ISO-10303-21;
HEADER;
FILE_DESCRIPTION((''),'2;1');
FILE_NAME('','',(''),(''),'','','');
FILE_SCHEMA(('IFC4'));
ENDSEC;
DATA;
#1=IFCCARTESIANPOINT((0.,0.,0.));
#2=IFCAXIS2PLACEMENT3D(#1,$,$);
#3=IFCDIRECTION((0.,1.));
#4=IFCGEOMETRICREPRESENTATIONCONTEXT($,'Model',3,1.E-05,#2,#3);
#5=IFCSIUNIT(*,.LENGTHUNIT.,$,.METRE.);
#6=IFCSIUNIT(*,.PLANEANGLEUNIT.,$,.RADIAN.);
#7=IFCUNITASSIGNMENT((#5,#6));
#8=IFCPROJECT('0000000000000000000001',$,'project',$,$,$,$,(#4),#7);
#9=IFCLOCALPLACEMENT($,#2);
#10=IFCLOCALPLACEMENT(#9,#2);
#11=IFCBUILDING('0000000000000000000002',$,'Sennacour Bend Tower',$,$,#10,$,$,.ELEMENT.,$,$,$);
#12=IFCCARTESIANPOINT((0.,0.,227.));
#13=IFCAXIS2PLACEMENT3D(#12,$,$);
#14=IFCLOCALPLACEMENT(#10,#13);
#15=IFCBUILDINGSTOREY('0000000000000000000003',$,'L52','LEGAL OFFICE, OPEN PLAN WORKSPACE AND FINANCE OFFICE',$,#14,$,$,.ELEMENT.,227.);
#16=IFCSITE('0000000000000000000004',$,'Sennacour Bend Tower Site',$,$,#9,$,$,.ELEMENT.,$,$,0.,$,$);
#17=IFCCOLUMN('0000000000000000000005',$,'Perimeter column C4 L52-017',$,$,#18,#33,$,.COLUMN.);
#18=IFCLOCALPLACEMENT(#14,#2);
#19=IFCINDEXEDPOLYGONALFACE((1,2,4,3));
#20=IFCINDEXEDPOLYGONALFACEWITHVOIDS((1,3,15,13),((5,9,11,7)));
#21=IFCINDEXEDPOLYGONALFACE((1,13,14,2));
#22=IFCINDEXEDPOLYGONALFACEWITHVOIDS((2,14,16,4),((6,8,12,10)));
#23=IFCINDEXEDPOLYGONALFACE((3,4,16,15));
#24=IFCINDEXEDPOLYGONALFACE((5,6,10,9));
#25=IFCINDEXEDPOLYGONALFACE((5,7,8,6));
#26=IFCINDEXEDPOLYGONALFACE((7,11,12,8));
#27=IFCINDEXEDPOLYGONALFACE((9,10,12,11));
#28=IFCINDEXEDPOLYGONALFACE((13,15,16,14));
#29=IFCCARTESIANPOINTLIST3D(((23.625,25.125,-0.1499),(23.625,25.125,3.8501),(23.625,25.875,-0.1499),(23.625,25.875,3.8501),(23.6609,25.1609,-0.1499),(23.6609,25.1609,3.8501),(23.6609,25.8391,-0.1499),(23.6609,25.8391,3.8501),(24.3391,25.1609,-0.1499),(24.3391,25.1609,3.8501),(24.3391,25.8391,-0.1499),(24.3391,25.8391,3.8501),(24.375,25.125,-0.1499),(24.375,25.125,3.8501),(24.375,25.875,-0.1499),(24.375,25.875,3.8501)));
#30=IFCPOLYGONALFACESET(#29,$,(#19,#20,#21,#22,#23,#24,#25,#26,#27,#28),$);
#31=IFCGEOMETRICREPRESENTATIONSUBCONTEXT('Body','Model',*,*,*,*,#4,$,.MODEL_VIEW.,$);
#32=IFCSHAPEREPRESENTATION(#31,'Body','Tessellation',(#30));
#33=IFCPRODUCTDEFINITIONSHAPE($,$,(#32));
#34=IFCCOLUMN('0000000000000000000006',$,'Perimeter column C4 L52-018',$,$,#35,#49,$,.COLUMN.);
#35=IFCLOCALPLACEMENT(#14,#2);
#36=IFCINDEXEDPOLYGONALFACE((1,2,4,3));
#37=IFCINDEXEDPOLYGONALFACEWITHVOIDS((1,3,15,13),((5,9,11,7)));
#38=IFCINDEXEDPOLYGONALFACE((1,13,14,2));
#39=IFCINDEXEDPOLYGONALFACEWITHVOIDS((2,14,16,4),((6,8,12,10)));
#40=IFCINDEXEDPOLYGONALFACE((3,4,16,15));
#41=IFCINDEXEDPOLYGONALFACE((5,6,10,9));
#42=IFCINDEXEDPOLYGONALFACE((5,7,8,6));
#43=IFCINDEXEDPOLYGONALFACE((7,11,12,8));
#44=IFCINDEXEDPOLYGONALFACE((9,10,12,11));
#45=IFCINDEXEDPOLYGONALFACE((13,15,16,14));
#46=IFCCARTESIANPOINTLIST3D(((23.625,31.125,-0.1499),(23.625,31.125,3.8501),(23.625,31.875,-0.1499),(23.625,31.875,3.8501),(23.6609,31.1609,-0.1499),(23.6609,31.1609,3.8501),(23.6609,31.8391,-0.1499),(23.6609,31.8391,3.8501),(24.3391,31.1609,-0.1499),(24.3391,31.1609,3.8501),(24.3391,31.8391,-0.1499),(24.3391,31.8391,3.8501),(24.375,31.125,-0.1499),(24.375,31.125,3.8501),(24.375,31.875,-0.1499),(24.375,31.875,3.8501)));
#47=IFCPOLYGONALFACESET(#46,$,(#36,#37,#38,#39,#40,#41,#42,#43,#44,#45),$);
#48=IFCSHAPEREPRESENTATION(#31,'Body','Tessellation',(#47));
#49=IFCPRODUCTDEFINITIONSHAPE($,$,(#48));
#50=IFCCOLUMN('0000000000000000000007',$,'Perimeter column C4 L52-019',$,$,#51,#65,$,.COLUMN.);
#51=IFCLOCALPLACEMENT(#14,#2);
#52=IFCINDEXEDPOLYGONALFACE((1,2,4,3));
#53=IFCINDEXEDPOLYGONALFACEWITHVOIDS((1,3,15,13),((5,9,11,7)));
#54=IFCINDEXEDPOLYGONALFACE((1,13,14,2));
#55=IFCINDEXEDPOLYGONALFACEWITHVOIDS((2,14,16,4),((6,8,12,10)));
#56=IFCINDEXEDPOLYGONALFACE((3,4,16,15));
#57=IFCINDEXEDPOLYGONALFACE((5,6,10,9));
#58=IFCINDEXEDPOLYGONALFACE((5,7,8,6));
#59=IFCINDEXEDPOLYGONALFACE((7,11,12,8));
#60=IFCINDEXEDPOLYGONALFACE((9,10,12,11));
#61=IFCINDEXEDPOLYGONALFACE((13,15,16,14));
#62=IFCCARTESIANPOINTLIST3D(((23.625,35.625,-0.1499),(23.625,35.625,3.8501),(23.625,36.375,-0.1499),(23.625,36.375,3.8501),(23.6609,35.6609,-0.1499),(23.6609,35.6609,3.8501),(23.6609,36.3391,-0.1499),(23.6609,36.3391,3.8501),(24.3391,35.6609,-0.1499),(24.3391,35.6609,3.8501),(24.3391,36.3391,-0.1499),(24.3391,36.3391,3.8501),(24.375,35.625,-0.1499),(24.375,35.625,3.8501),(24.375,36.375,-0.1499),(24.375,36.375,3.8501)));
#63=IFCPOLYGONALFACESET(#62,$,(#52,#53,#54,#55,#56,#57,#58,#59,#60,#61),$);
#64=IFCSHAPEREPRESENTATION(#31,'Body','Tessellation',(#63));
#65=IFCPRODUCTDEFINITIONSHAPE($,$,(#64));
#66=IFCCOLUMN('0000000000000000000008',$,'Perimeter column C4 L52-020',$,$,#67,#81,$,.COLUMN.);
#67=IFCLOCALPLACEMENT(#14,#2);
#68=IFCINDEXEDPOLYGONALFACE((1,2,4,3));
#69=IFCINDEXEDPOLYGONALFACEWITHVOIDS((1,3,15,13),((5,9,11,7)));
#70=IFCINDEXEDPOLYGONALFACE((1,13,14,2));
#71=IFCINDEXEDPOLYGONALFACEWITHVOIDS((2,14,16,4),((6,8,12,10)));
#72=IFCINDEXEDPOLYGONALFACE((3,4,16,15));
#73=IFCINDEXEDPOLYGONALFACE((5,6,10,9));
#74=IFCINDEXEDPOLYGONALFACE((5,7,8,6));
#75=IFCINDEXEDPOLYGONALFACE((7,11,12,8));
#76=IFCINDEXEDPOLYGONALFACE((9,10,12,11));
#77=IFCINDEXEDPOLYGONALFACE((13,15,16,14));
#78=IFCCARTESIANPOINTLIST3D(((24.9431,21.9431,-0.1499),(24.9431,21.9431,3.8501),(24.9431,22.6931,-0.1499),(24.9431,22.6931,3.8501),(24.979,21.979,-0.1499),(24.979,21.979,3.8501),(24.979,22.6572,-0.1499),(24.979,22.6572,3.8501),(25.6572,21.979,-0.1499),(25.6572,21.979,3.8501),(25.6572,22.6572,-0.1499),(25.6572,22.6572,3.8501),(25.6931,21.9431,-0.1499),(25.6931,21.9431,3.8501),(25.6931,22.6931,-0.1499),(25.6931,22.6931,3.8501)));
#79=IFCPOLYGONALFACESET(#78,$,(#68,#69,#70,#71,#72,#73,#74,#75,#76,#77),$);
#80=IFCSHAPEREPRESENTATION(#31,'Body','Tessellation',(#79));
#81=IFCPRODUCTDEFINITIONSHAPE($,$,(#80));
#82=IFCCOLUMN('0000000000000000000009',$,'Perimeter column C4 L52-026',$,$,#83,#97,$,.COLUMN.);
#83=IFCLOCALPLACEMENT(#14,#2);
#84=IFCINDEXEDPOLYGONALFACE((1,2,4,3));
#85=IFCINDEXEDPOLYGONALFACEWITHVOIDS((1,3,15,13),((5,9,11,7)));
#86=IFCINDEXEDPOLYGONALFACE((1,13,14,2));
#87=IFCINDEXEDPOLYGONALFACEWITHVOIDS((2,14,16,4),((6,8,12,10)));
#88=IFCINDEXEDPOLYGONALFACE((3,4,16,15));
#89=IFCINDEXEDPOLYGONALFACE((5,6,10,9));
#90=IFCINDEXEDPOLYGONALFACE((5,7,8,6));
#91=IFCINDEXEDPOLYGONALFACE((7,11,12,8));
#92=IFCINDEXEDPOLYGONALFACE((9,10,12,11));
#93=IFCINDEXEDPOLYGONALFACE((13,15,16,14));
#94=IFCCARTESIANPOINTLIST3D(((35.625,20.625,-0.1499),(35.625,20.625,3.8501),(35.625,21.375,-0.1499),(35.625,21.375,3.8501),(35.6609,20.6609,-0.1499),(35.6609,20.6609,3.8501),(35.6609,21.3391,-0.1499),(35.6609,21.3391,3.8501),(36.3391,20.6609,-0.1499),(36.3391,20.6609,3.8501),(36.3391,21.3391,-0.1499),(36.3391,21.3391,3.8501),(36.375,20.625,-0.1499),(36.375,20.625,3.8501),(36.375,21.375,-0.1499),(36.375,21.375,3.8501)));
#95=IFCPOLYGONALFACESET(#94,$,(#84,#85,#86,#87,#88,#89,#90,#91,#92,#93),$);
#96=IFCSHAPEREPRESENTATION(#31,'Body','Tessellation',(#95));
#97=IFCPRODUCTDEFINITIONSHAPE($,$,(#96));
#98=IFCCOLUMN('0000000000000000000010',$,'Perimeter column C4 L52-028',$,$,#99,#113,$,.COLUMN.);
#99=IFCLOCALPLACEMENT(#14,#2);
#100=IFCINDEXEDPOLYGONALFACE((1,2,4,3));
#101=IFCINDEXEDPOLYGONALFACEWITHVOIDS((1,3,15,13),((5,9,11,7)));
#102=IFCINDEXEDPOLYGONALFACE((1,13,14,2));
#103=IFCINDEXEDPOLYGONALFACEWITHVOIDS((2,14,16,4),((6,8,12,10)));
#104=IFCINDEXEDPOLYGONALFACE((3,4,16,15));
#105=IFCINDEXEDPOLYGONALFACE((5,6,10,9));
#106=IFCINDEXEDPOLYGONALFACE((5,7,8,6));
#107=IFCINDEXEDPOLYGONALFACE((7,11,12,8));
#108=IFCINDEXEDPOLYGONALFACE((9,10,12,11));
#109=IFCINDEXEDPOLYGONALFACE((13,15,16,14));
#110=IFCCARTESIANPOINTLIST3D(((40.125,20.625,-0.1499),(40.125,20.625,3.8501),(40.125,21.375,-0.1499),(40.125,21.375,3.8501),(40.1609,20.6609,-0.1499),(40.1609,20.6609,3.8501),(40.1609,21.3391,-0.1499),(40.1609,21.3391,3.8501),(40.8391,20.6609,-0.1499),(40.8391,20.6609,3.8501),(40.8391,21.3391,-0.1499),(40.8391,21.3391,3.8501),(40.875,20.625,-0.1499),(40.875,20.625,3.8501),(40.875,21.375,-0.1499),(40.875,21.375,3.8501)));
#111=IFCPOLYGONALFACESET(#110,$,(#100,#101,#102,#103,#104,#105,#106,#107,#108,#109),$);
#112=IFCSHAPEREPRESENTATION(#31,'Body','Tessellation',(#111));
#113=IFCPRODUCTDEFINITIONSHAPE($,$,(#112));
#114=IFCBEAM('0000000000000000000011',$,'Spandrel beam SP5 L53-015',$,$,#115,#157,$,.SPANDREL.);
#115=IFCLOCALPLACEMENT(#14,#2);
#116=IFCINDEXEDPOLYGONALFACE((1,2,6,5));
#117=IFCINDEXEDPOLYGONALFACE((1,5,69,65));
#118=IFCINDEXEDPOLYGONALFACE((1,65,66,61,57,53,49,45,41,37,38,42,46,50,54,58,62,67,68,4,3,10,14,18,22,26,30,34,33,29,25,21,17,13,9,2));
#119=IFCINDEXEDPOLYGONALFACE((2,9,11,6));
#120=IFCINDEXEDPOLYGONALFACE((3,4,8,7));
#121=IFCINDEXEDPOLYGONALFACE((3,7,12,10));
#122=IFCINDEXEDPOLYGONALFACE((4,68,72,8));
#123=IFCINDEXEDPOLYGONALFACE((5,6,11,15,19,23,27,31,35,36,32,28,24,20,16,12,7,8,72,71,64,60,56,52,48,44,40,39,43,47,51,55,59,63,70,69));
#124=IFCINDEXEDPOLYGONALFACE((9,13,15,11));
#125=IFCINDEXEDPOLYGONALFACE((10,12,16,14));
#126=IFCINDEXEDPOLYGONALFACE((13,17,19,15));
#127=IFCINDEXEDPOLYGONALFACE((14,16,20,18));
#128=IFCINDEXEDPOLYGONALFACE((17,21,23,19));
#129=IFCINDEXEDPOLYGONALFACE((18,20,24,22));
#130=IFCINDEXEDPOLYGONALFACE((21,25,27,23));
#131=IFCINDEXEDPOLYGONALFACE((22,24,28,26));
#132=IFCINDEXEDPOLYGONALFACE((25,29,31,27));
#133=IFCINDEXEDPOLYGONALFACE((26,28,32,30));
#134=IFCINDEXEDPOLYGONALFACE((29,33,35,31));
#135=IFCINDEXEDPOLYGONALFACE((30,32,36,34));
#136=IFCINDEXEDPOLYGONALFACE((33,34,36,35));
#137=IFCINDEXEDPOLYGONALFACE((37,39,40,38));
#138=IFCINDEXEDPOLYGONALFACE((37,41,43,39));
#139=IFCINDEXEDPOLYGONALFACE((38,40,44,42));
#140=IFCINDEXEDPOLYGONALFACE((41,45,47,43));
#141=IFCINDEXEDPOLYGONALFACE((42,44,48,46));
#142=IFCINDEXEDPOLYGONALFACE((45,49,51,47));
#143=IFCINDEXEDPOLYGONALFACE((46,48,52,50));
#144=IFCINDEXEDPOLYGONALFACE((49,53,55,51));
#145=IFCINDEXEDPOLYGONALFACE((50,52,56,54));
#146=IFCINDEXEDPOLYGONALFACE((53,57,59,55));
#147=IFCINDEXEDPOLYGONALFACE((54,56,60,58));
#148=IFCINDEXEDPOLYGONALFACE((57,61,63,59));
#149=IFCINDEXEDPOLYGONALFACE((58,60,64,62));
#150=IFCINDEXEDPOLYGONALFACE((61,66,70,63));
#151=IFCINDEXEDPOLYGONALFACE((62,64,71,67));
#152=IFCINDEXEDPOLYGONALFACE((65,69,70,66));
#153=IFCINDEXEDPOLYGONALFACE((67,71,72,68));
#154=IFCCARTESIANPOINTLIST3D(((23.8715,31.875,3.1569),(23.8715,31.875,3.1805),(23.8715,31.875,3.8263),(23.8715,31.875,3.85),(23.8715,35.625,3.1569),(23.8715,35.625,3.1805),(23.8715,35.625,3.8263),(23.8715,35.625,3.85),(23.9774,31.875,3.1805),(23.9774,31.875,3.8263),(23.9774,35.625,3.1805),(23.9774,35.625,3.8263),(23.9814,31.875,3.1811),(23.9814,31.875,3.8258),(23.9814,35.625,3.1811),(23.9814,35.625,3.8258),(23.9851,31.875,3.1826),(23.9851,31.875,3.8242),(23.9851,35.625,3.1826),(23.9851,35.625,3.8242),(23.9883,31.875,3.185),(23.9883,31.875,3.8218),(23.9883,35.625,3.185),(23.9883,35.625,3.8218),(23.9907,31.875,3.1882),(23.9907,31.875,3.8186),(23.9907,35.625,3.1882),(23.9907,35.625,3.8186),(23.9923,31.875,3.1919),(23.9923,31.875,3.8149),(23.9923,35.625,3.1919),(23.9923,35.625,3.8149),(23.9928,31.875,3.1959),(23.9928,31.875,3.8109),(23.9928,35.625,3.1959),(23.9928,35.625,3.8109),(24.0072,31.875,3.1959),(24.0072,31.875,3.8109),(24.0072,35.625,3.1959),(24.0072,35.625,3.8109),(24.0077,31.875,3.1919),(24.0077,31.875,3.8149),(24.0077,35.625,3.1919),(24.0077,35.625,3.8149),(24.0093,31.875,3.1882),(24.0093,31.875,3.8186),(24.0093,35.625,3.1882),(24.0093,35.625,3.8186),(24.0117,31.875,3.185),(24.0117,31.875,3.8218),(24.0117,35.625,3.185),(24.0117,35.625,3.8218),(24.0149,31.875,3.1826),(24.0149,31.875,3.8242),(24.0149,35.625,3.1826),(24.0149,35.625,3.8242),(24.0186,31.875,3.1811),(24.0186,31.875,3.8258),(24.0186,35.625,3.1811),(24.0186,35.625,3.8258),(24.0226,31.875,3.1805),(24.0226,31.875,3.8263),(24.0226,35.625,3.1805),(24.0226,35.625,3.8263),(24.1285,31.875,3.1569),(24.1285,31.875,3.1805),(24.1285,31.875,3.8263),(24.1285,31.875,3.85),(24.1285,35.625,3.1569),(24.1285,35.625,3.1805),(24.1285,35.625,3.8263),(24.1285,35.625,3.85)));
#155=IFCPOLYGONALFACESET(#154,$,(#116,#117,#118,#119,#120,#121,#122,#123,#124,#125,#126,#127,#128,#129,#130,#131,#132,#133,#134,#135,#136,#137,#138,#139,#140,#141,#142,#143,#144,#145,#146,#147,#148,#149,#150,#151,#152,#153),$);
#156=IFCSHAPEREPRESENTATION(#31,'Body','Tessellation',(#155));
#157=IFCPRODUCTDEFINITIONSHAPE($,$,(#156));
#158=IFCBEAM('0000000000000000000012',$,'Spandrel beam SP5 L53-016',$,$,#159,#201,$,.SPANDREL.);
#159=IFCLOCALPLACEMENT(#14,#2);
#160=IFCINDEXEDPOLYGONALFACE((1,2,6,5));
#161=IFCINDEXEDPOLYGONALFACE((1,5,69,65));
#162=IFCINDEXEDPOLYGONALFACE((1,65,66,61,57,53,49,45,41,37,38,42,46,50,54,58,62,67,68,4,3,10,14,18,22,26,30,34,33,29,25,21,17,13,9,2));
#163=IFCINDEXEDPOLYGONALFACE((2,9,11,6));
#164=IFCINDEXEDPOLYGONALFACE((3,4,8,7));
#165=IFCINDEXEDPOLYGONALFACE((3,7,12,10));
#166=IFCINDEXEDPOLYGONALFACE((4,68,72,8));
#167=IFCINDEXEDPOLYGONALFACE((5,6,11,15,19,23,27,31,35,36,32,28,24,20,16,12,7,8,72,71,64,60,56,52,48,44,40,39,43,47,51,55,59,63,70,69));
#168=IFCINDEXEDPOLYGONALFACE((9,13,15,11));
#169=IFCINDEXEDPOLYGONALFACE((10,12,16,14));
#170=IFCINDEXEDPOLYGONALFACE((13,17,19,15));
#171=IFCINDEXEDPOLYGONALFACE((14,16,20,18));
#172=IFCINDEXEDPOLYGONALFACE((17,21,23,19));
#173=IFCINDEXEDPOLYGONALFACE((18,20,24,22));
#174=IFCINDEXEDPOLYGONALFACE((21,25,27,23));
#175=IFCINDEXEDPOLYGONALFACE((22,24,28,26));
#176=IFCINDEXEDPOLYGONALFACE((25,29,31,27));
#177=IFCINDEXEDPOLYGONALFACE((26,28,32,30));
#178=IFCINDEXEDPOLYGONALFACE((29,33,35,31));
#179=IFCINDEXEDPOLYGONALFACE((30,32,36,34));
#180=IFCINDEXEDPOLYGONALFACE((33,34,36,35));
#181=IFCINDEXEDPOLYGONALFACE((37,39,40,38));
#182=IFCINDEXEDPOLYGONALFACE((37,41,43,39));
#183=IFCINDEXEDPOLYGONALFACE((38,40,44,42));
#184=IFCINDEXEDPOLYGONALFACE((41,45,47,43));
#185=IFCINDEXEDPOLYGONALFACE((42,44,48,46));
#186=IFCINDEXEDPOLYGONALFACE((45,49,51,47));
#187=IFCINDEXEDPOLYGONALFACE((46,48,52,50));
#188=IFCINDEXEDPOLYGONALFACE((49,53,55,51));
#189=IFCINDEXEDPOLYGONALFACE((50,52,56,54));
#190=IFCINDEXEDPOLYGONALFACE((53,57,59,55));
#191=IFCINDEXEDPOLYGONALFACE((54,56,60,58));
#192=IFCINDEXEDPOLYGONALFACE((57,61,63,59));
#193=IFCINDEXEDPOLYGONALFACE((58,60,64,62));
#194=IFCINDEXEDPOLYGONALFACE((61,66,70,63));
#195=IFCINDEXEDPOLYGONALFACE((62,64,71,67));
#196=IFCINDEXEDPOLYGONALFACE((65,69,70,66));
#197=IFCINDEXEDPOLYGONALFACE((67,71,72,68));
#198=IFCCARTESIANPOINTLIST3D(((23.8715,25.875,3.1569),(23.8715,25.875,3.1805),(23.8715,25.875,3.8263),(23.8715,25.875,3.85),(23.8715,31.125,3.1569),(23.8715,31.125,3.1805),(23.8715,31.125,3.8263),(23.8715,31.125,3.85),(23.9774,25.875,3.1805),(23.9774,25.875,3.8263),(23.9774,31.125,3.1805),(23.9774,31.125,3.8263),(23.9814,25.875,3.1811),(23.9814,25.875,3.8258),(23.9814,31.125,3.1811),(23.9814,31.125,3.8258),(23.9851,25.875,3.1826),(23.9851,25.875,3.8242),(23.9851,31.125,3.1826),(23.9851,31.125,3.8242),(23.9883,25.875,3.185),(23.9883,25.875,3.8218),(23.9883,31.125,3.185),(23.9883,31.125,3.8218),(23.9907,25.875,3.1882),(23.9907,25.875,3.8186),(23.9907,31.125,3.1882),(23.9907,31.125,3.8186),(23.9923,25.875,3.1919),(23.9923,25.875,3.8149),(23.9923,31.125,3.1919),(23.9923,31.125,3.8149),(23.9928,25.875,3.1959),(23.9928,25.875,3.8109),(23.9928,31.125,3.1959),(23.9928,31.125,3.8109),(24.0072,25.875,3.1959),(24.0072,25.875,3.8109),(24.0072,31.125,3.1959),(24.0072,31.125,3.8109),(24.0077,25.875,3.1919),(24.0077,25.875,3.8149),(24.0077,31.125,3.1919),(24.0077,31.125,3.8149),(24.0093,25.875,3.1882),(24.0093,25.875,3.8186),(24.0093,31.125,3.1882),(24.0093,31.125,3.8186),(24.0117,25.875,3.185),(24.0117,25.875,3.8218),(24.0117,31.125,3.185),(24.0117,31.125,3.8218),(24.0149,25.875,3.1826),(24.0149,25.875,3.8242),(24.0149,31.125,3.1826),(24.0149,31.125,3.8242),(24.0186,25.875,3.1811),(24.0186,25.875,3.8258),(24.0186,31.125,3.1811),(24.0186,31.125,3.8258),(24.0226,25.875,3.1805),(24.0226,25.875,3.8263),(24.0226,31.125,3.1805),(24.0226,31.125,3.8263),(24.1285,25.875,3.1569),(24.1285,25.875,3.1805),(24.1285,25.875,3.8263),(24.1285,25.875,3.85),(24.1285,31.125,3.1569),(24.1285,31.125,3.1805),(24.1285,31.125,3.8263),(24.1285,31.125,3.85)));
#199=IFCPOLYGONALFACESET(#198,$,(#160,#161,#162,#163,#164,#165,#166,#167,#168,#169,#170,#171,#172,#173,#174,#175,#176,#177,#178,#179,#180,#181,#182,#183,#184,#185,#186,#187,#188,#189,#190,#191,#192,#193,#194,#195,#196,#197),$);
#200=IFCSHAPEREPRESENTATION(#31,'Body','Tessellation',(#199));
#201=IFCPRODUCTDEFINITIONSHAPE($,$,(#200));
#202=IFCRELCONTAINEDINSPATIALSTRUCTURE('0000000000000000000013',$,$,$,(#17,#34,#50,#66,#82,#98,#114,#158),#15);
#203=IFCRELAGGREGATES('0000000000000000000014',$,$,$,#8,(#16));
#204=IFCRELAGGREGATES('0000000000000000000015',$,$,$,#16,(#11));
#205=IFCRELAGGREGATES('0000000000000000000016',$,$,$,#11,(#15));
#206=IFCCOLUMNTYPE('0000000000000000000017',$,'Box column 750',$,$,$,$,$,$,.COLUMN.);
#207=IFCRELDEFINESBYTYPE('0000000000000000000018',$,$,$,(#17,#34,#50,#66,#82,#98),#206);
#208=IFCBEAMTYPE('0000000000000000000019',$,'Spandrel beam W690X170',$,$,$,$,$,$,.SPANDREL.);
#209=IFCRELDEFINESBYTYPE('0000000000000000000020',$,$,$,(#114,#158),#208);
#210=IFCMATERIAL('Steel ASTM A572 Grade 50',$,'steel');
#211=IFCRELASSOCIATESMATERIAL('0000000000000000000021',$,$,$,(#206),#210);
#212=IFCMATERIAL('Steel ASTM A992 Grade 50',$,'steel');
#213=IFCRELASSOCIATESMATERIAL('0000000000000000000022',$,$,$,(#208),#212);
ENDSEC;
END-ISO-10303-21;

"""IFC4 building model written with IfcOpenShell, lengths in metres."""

from ifc_helpers import new_model, si_unit, direction, frame, origin, origin_2d, place, context, subcontext, project, spatial, hollow_rectangle, i_section, extrude, material, material_profile, profile_set, type_object, element, save


model = new_model("IFC4")

# Units and contexts
model_context = context("Model", 3, precision=1e-05, world=origin(), true_north=direction((0.0, 1.0)))
body_context = subcontext(model_context, "Body", "Model", "MODEL_VIEW")
ifc_project = project(units=[si_unit("LENGTHUNIT", "METRE"), si_unit("PLANEANGLEUNIT", "RADIAN")], contexts=[model_context])

# Site, building, storey
site_placement = place(None, origin())
site = spatial("IfcSite", under=ifc_project, at=site_placement, Name="Sennacour Bend Tower Site", CompositionType="ELEMENT", RefElevation=0.0)
building_placement = place(site_placement, origin())
building = spatial("IfcBuilding", under=site, at=building_placement, Name="Sennacour Bend Tower", CompositionType="ELEMENT")
storey_placement = place(building_placement, frame((0.0, 0.0, 227.0)))
storey = spatial("IfcBuildingStorey", under=building, at=storey_placement, Name="L52", Description="LEGAL OFFICE, OPEN PLAN WORKSPACE AND FINANCE OFFICE", CompositionType="ELEMENT", Elevation=227.0)

# Columns
ifc_material_1 = material(Name="Steel ASTM A572 Grade 50", Category="steel")
ifc_material_profile_1 = material_profile(ifc_material_1, hollow_rectangle(XDim=0.75, YDim=0.75, WallThickness=0.0359, at=origin_2d()), Name="Steel ASTM A572 Grade 50", Category="steel")
ifc_profile_set_1 = profile_set([ifc_material_profile_1], Name="Steel ASTM A572 Grade 50")
column_type = type_object("IfcColumnType", Name="Box column 750", PredefinedType="COLUMN", material=ifc_profile_set_1)
for number, where, z_axis, x_axis, name in (
    (1, (24.0, 25.5, -0.1499), (0.0, 0.0, 1.0), (1.0, 0.0, 0.0), "Perimeter column C4 L52-017"),
    (2, (24.0, 31.5, -0.1499), (0.0, 0.0, 1.0), (1.0, 0.0, 0.0), "Perimeter column C4 L52-018"),
    (3, (24.0, 36.0, -0.1499), (0.0, 0.0, 1.0), (1.0, 0.0, 0.0), "Perimeter column C4 L52-019"),
    (4, (25.3181, 22.3181, -0.1499), (0.0, 0.0, 1.0), (1.0, 0.0, 0.0), "Perimeter column C4 L52-020"),
    (5, (36.0, 21.0, -0.1499), (0.0, 0.0, 1.0), (1.0, 0.0, 0.0), "Perimeter column C4 L52-026"),
    (6, (40.5, 21.0, -0.1499), (0.0, 0.0, 1.0), (1.0, 0.0, 0.0), "Perimeter column C4 L52-028"),
):
    element("IfcColumn", number, at=place(storey_placement, frame(where, z_axis=z_axis, x_axis=x_axis)), inside=storey, type_object=column_type, Name=name, PredefinedType="COLUMN", context=body_context, shape_type="SweptSolid", body=[
        extrude(hollow_rectangle(XDim=0.75, YDim=0.75, WallThickness=0.0359, at=origin_2d()), origin(), (0.0, 0.0, 1.0), 4.0),
    ])

# Beams
ifc_material_2 = material(Name="Steel ASTM A992 Grade 50", Category="steel")
ifc_material_profile_2 = material_profile(ifc_material_2, i_section(OverallWidth=0.2571, OverallDepth=0.6931, WebThickness=0.0144, FlangeThickness=0.0237, FilletRadius=0.0154, at=origin_2d()), Name="Steel ASTM A992 Grade 50", Category="steel")
ifc_profile_set_2 = profile_set([ifc_material_profile_2], Name="Steel ASTM A992 Grade 50")
beam_type = type_object("IfcBeamType", Name="Spandrel beam W690X170", PredefinedType="SPANDREL", material=ifc_profile_set_2)
beam_1_placement = place(storey_placement, frame((24.0, 35.625, 3.5034), z_axis=(0.0, -1.0, 0.0), x_axis=(1.0, 0.0, 0.0)))
element("IfcBeam", 7, at=beam_1_placement, inside=storey, type_object=beam_type, Name="Spandrel beam SP5 L53-015", PredefinedType="SPANDREL", context=body_context, shape_type="SweptSolid", body=[
    extrude(i_section(OverallWidth=0.2571, OverallDepth=0.6931, WebThickness=0.0144, FlangeThickness=0.0237, FilletRadius=0.0154, at=origin_2d()), origin(), (0.0, 0.0, 1.0), 3.75),
])
beam_2_placement = place(storey_placement, frame((24.0, 31.125, 3.5034), z_axis=(0.0, -1.0, 0.0), x_axis=(1.0, 0.0, 0.0)))
element("IfcBeam", 8, at=beam_2_placement, inside=storey, type_object=beam_type, Name="Spandrel beam SP5 L53-016", PredefinedType="SPANDREL", context=body_context, shape_type="SweptSolid", body=[
    extrude(i_section(OverallWidth=0.2571, OverallDepth=0.6931, WebThickness=0.0144, FlangeThickness=0.0237, FilletRadius=0.0154, at=origin_2d()), origin(), (0.0, 0.0, 1.0), 5.25),
])

save(model, "model.ifc")
